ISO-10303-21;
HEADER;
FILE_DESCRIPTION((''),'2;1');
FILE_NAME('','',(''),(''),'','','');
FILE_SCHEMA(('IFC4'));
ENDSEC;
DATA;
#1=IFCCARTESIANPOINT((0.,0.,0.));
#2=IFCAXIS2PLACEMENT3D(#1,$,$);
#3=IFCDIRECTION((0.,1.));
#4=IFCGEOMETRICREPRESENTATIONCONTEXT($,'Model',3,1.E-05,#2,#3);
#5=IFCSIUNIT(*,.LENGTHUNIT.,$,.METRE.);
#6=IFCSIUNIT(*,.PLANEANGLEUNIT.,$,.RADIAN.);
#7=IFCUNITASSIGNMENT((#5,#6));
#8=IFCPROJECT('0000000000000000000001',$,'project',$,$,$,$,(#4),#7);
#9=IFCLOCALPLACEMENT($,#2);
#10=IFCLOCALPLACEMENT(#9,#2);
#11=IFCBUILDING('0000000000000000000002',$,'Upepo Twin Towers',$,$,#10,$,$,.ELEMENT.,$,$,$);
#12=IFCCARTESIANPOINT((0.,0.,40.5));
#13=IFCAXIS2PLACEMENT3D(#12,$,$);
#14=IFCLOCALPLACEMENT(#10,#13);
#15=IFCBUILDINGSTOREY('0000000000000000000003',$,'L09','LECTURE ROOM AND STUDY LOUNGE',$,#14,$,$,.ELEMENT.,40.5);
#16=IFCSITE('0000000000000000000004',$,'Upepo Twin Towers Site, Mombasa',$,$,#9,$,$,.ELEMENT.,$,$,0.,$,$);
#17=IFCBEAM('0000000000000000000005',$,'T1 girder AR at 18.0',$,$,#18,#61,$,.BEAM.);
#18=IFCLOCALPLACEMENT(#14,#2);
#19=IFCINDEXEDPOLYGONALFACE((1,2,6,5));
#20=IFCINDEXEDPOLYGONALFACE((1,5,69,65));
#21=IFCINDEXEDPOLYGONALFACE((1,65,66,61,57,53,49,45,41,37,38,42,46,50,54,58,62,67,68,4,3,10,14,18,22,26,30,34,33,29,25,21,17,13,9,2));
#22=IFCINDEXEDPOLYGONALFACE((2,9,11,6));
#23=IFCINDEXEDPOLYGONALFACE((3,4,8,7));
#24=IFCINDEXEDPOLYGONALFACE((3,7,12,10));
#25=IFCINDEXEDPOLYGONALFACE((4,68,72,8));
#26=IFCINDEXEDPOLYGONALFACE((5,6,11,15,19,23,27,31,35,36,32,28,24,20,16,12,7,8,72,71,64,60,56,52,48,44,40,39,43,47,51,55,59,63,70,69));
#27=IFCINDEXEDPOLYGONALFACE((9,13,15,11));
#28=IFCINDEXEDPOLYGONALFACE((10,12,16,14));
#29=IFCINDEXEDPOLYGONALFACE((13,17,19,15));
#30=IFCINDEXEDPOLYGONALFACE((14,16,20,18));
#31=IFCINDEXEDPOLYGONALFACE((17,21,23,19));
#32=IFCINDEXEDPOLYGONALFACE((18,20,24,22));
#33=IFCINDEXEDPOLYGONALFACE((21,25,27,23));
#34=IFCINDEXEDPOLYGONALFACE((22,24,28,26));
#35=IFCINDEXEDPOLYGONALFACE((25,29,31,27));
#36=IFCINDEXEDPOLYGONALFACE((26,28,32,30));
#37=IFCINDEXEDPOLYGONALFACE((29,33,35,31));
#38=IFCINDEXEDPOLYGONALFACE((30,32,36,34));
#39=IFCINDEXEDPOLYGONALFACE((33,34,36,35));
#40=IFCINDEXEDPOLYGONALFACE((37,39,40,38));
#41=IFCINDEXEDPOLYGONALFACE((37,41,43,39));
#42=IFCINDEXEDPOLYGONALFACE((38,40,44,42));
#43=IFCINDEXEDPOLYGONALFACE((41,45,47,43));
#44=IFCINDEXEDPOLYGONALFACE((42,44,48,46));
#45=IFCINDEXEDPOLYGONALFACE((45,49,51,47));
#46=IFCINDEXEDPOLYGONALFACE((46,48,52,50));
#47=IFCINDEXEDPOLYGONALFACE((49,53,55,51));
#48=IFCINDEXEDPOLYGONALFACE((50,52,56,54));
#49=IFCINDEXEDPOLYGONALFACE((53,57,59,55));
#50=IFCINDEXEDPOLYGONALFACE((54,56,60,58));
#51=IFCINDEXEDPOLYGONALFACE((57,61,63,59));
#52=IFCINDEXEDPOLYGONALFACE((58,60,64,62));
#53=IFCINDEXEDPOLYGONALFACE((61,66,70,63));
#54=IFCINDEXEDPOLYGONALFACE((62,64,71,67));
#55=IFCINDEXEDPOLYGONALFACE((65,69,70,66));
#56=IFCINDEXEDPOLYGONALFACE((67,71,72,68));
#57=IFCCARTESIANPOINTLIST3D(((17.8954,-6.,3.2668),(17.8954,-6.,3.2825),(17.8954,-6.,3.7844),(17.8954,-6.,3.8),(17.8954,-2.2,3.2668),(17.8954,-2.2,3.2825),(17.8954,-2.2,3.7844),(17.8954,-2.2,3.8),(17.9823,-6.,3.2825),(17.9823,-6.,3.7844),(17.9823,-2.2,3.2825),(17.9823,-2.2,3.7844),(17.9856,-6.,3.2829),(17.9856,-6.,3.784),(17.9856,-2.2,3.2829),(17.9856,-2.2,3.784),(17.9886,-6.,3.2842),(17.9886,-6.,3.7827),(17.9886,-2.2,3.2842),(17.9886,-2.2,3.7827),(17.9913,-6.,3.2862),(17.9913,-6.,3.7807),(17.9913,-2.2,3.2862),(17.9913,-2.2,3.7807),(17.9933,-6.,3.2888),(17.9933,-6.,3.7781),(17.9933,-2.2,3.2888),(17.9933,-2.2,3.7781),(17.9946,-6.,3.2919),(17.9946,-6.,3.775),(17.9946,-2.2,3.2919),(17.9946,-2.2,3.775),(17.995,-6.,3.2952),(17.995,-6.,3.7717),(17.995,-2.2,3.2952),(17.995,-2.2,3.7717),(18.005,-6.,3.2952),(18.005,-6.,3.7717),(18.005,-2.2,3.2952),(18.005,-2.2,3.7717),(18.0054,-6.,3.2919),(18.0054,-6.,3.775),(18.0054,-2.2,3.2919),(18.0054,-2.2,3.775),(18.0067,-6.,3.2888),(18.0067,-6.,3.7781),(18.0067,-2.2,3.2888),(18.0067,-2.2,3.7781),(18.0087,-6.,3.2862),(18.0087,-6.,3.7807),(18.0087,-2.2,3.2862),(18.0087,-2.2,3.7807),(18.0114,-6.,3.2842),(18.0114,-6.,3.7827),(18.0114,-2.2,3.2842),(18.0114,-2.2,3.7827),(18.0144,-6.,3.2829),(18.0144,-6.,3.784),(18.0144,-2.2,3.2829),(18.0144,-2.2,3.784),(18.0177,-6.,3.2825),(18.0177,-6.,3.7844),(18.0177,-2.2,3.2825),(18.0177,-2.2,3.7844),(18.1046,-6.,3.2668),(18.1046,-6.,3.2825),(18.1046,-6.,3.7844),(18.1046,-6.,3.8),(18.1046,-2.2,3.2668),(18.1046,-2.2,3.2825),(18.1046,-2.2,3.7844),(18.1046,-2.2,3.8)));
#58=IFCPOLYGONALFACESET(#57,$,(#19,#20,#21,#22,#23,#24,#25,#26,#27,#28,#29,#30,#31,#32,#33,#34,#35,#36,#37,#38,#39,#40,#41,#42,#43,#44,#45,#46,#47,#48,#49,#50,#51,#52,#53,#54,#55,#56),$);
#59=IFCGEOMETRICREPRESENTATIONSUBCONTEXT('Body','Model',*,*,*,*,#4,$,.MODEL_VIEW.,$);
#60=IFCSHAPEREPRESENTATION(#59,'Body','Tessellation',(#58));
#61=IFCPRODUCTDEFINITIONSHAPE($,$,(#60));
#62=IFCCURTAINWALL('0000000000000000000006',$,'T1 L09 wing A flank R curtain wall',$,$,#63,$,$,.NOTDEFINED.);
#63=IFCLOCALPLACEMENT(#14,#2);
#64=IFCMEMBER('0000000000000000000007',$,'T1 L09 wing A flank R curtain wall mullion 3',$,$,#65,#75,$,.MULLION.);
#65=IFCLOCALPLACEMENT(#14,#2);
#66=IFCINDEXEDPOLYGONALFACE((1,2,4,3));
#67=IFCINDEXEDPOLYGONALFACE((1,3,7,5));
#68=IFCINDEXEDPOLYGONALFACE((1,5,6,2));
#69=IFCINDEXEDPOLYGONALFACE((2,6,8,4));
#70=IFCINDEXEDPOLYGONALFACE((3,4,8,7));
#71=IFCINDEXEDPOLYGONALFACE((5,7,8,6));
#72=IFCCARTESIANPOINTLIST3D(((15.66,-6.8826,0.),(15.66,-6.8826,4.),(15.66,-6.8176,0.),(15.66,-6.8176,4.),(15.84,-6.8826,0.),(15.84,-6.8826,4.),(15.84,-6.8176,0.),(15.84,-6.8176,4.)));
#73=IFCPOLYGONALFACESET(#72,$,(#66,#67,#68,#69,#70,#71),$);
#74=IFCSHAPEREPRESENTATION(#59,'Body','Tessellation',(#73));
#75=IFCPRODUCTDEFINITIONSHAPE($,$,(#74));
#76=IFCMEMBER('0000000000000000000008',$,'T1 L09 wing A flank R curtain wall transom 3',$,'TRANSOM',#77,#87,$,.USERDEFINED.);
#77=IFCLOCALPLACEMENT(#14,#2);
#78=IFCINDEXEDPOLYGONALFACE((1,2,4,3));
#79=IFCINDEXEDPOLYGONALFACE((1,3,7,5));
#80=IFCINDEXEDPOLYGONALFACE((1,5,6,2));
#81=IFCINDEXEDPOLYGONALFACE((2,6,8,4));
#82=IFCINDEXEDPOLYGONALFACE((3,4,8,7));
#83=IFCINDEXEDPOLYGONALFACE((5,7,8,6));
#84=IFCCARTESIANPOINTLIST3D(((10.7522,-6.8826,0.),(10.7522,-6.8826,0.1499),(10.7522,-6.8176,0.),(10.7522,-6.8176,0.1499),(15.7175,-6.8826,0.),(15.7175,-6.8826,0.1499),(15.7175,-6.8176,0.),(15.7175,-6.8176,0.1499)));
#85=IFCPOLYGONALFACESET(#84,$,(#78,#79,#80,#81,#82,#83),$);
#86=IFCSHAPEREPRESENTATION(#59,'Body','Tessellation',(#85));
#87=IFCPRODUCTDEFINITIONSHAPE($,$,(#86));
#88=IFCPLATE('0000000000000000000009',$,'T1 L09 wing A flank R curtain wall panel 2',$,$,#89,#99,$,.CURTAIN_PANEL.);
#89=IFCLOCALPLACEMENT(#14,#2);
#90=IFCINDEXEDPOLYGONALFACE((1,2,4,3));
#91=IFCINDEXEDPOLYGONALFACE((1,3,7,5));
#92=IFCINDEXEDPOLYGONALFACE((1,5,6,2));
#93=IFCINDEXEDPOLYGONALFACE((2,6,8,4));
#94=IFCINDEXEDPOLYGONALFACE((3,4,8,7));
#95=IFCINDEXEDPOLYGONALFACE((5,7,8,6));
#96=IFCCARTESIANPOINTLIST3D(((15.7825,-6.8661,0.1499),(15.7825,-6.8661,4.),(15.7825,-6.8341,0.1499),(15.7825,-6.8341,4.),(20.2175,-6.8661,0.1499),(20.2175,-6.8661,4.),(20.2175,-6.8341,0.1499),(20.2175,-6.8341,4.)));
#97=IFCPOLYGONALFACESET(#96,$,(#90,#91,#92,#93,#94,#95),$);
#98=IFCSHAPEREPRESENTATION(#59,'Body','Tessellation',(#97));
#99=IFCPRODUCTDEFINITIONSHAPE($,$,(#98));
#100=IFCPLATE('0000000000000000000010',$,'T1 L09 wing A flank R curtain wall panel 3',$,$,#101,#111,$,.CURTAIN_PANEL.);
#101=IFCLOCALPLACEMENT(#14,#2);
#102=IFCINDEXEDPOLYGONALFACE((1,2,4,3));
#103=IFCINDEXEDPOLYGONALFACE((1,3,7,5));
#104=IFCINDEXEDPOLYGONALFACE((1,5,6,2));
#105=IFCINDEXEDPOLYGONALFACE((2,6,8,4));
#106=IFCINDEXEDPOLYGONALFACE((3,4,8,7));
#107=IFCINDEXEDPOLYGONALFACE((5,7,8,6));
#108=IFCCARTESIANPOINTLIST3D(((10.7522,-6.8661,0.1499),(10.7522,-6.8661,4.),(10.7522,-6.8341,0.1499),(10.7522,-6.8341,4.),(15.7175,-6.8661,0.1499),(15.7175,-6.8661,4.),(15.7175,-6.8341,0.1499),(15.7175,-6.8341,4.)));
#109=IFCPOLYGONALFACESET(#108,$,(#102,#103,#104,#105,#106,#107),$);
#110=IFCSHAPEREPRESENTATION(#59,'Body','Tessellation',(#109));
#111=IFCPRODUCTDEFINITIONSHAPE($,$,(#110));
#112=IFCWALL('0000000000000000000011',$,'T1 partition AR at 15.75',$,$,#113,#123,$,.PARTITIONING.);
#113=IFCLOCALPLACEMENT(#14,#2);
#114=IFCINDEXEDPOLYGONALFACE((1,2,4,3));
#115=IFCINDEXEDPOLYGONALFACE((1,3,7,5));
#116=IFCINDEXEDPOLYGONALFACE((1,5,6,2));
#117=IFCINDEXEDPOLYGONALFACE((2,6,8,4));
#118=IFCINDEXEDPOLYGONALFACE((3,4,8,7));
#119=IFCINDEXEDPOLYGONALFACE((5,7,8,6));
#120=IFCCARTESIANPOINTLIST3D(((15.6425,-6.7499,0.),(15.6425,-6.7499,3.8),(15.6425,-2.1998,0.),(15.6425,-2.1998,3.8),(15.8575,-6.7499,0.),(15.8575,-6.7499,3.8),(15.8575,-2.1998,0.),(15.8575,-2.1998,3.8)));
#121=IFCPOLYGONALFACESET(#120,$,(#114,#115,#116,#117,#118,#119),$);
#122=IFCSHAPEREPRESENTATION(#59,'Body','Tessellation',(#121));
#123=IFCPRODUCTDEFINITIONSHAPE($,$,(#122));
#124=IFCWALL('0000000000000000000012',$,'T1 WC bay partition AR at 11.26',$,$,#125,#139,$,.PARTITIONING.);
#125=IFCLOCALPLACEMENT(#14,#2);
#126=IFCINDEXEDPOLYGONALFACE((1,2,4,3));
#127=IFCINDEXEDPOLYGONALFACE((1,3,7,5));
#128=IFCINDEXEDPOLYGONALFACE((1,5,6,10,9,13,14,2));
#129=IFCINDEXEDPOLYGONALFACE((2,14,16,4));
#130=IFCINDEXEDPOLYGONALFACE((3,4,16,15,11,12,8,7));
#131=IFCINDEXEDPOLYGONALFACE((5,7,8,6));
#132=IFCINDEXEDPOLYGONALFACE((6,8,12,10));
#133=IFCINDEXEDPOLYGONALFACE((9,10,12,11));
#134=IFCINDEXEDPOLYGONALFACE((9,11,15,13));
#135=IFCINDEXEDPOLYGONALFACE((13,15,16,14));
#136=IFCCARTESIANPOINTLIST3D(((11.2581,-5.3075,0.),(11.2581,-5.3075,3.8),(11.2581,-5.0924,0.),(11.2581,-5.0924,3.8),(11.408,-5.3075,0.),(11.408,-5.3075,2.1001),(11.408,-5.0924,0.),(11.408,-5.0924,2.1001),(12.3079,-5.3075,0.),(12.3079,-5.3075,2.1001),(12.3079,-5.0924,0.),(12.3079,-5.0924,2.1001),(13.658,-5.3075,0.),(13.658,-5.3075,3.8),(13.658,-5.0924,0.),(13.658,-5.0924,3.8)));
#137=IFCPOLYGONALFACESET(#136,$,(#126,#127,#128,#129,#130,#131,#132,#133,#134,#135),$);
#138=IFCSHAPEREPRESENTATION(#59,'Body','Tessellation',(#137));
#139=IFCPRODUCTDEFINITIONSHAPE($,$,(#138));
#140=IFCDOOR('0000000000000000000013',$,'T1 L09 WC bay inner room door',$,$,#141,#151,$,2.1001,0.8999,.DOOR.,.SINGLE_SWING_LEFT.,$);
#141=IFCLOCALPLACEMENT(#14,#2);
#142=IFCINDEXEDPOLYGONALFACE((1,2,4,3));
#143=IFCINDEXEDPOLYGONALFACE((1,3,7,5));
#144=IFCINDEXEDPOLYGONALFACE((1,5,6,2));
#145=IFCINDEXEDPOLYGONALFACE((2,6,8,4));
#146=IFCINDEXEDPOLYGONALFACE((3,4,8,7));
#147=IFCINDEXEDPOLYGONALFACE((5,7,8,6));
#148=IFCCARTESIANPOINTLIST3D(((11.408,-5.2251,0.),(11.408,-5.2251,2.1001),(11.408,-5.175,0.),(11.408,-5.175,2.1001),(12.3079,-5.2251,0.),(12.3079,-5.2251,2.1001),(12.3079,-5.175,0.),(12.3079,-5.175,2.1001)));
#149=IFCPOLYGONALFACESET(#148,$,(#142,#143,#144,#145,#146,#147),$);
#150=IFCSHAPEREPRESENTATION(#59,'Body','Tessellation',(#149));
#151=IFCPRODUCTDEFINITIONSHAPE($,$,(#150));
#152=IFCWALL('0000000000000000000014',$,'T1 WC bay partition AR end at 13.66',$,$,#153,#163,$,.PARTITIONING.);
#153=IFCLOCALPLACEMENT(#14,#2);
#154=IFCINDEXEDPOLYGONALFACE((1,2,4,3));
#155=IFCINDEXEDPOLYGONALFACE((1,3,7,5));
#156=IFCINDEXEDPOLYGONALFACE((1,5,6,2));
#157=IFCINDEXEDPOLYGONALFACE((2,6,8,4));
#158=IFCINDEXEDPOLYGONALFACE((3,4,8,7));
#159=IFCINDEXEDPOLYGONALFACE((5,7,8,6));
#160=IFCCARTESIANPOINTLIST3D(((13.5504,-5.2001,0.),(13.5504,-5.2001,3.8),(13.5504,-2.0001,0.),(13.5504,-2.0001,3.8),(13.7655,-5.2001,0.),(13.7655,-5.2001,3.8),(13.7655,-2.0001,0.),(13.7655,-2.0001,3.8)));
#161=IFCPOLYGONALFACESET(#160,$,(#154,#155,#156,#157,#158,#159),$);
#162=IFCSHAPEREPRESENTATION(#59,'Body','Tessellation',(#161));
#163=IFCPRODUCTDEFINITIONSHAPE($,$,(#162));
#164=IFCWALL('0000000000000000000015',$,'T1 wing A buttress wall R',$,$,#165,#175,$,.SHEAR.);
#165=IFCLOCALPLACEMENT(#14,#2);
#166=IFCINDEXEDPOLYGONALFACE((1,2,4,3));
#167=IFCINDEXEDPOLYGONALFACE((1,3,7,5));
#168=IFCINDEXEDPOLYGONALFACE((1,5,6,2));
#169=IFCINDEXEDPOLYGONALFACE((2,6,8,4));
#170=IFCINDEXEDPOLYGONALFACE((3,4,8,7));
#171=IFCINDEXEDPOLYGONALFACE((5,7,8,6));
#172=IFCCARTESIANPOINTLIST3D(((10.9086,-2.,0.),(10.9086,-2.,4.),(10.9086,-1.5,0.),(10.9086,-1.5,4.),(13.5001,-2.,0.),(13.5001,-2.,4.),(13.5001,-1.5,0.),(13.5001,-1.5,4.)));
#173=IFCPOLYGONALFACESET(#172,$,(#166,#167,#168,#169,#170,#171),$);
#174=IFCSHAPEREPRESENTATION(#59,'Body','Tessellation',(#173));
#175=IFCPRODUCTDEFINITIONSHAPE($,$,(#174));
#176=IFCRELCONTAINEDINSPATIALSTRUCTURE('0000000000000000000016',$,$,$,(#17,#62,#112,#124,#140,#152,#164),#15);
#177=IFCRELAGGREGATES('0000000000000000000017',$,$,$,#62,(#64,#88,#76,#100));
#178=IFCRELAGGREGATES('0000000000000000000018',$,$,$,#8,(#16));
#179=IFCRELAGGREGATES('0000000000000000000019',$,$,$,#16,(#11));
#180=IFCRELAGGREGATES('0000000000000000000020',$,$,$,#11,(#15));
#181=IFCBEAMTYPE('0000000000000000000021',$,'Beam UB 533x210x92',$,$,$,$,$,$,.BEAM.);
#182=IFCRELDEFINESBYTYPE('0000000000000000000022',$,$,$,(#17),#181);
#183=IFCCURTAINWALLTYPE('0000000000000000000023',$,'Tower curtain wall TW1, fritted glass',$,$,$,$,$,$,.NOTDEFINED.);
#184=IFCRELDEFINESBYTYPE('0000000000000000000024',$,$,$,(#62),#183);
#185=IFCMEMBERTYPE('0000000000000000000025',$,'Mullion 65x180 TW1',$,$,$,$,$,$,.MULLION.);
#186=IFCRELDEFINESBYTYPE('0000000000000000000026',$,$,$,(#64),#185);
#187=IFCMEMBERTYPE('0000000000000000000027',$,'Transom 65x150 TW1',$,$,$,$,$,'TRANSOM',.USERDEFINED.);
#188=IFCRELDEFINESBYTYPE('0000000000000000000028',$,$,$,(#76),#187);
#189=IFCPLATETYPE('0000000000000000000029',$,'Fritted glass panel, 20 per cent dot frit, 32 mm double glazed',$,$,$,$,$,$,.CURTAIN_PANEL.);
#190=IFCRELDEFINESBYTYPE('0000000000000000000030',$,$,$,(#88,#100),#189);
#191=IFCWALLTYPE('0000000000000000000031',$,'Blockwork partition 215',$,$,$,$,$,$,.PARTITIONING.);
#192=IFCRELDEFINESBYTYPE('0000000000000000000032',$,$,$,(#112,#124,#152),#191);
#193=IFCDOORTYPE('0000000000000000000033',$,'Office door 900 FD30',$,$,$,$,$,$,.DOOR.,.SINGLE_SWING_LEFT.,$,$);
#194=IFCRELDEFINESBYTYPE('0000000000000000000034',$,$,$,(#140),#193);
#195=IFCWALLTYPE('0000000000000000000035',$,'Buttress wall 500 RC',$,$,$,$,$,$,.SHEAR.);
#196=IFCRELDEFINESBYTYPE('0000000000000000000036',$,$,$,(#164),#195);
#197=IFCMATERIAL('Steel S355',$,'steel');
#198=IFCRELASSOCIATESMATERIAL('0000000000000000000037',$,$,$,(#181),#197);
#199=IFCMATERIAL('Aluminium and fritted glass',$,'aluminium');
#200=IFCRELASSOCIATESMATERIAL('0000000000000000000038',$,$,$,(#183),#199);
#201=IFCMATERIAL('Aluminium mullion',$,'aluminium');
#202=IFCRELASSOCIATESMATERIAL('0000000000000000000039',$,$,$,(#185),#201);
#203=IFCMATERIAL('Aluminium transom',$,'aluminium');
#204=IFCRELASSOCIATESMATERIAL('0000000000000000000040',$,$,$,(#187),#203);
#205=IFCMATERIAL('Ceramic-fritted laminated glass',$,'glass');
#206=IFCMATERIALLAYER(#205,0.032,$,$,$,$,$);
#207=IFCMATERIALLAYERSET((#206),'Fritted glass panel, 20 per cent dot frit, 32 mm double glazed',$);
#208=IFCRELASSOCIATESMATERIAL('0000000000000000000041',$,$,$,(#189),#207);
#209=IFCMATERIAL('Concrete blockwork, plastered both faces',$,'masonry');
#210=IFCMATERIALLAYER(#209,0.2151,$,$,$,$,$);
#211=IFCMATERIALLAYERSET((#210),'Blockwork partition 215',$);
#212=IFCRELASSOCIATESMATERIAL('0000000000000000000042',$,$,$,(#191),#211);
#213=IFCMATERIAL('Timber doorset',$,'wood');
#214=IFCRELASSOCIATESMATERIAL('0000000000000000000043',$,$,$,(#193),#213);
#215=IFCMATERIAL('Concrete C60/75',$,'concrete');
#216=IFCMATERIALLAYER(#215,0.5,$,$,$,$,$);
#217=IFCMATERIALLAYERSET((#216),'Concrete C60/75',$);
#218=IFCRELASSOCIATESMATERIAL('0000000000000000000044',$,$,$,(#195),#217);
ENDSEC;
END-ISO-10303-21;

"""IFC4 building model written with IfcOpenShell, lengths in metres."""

from ifc_helpers import new_model, si_unit, direction, frame, frame_2d, origin, origin_2d, place, context, subcontext, project, spatial, rectangle, i_section, extrude, material, layer, layer_set, material_profile, profile_set, type_object, element, fill, aggregate, save


model = new_model("IFC4")

# Units and contexts
model_context = context("Model", 3, precision=1e-05, world=origin(), true_north=direction((0.0, 1.0)))
body_context = subcontext(model_context, "Body", "Model", "MODEL_VIEW")
ifc_project = project(units=[si_unit("LENGTHUNIT", "METRE"), si_unit("PLANEANGLEUNIT", "RADIAN")], contexts=[model_context])

# Site, building, storey
site_placement = place(None, origin())
site = spatial("IfcSite", under=ifc_project, at=site_placement, Name="Upepo Twin Towers Site, Mombasa", CompositionType="ELEMENT", RefElevation=0.0)
building_placement = place(site_placement, origin())
building = spatial("IfcBuilding", under=site, at=building_placement, Name="Upepo Twin Towers", CompositionType="ELEMENT")
storey_placement = place(building_placement, frame((0.0, 0.0, 40.5)))
storey = spatial("IfcBuildingStorey", under=building, at=storey_placement, Name="L09", Description="LECTURE ROOM AND STUDY LOUNGE", CompositionType="ELEMENT", Elevation=40.5)

# Beam
ifc_material_1 = material(Name="Steel S355", Category="steel")
ifc_material_profile_1 = material_profile(ifc_material_1, i_section(OverallWidth=0.2092, OverallDepth=0.5332, WebThickness=0.01, FlangeThickness=0.0156, FilletRadius=0.0127, at=origin_2d()), Name="UB 533x210x92")
ifc_profile_set_1 = profile_set([ifc_material_profile_1], Name="Steel S355")
beam_type_1 = type_object("IfcBeamType", Name="Beam UB 533x210x92", PredefinedType="BEAM", material=ifc_profile_set_1)
for number, where, z_axis, x_axis, name in (
    (1, (18.0, -6.0, 3.5334), (0.0, 1.0, 0.0), (-1.0, 0.0, 0.0), "T1 girder AR at 18.0"),
):
    element("IfcBeam", number, at=place(storey_placement, frame(where, z_axis=z_axis, x_axis=x_axis)), inside=storey, type_object=beam_type_1, Name=name, PredefinedType="BEAM", context=body_context, shape_type="SweptSolid", body=[
        extrude(i_section(OverallWidth=0.2092, OverallDepth=0.5332, WebThickness=0.01, FlangeThickness=0.0156, FilletRadius=0.0127, at=origin_2d()), origin(), (0.0, 0.0, 1.0), 3.8),
    ])

# Curtain wall, members, plates
ifc_material_2 = material(Name="Aluminium and fritted glass", Category="aluminium")
curtain_wall_type = type_object("IfcCurtainWallType", Name="Tower curtain wall TW1, fritted glass", PredefinedType="NOTDEFINED", material=ifc_material_2)
curtain_wall_placement = place(storey_placement, origin())
curtain_wall = element("IfcCurtainWall", 2, at=curtain_wall_placement, inside=storey, type_object=curtain_wall_type, Name="T1 L09 wing A flank R curtain wall", PredefinedType="NOTDEFINED")
ifc_material_3 = material(Name="Aluminium mullion", Category="aluminium")
ifc_material_profile_2 = material_profile(ifc_material_3, rectangle(XDim=0.0649, YDim=0.1799, at=origin_2d()), Name="MULLION 65x180")
ifc_profile_set_2 = profile_set([ifc_material_profile_2], Name="Aluminium mullion")
member_type_1 = type_object("IfcMemberType", Name="Mullion 65x180 TW1", PredefinedType="MULLION", material=ifc_profile_set_2)
member_1_placement = place(storey_placement, frame((15.75, -6.8501, 0.0), z_axis=(0.0, 0.0, 1.0), x_axis=(0.0, -1.0, 0.0)))
member_1 = element("IfcMember", 3, at=member_1_placement, type_object=member_type_1, Name="T1 L09 wing A flank R curtain wall mullion 3", PredefinedType="MULLION", context=body_context, shape_type="SweptSolid", body=[
    extrude(rectangle(XDim=0.0649, YDim=0.1799, at=origin_2d()), origin(), (0.0, 0.0, 1.0), 4.0),
])
ifc_material_4 = material(Name="Aluminium transom", Category="aluminium")
ifc_material_profile_3 = material_profile(ifc_material_4, rectangle(XDim=0.0649, YDim=0.1499, at=origin_2d()), Name="TRANSOM 65x150")
ifc_profile_set_3 = profile_set([ifc_material_profile_3], Name="Aluminium transom")
member_type_2 = type_object("IfcMemberType", Name="Transom 65x150 TW1", ElementType="TRANSOM", PredefinedType="USERDEFINED", material=ifc_profile_set_3)
member_2_placement = place(storey_placement, frame((15.7175, -6.8501, 0.075), z_axis=(-1.0, 0.0, 0.0), x_axis=(0.0, -1.0, 0.0)))
member_2 = element("IfcMember", 4, at=member_2_placement, type_object=member_type_2, Name="T1 L09 wing A flank R curtain wall transom 3", ObjectType="TRANSOM", PredefinedType="USERDEFINED", context=body_context, shape_type="SweptSolid", body=[
    extrude(rectangle(XDim=0.0649, YDim=0.1499, at=origin_2d()), origin(), (0.0, 0.0, 1.0), 4.9653),
])
ifc_material_5 = material(Name="Ceramic-fritted laminated glass", Category="glass")
ifc_layer_1 = layer(ifc_material_5, 0.032)
ifc_layer_set_1 = layer_set([ifc_layer_1], Name="Fritted glass panel, 20 per cent dot frit, 32 mm double glazed")
plate_type = type_object("IfcPlateType", Name="Fritted glass panel, 20 per cent dot frit, 32 mm double glazed", PredefinedType="CURTAIN_PANEL", material=ifc_layer_set_1)
plate_1_placement = place(storey_placement, frame((18.0, -6.8501, 0.1499), z_axis=(0.0, 0.0, 1.0), x_axis=(-1.0, 0.0, 0.0)))
plate_1 = element("IfcPlate", 5, at=plate_1_placement, type_object=plate_type, Name="T1 L09 wing A flank R curtain wall panel 2", PredefinedType="CURTAIN_PANEL", context=body_context, shape_type="SweptSolid", body=[
    extrude(rectangle(XDim=4.4351, YDim=0.032, at=origin_2d()), origin(), (0.0, 0.0, 1.0), 3.8501),
])
plate_2_placement = place(storey_placement, frame((13.2349, -6.8501, 0.1499), z_axis=(0.0, 0.0, 1.0), x_axis=(-1.0, 0.0, 0.0)))
plate_2 = element("IfcPlate", 6, at=plate_2_placement, type_object=plate_type, Name="T1 L09 wing A flank R curtain wall panel 3", PredefinedType="CURTAIN_PANEL", context=body_context, shape_type="SweptSolid", body=[
    extrude(rectangle(XDim=4.9653, YDim=0.032, at=origin_2d()), origin(), (0.0, 0.0, 1.0), 3.8501),
])
aggregate(curtain_wall, [member_1, plate_1, member_2, plate_2])

# Wall
ifc_material_6 = material(Name="Concrete blockwork, plastered both faces", Category="masonry")
ifc_layer_2 = layer(ifc_material_6, 0.2151)
ifc_layer_set_2 = layer_set([ifc_layer_2], Name="Blockwork partition 215")
wall_type_1 = type_object("IfcWallType", Name="Blockwork partition 215", PredefinedType="PARTITIONING", material=ifc_layer_set_2)
wall_1_placement = place(storey_placement, frame((15.75, -2.2, 0.0), z_axis=(0.0, 0.0, 1.0), x_axis=(0.0, -1.0, 0.0)))
element("IfcWall", 7, at=wall_1_placement, inside=storey, type_object=wall_type_1, Name="T1 partition AR at 15.75", PredefinedType="PARTITIONING", context=body_context, shape_type="SweptSolid", body=[
    extrude(rectangle(XDim=4.55, YDim=0.2151, at=frame_2d((2.2749, 0.0))), origin(), (0.0, 0.0, 1.0), 3.8),
])

# Wall, opening, door
wall_2_placement = place(storey_placement, frame((11.2581, -5.2, 0.0), z_axis=(0.0, 0.0, 1.0), x_axis=(1.0, 0.0, 0.0)))
wall_2 = element("IfcWall", 8, at=wall_2_placement, inside=storey, type_object=wall_type_1, Name="T1 WC bay partition AR at 11.26", PredefinedType="PARTITIONING", context=body_context, shape_type="SweptSolid", body=[
    extrude(rectangle(XDim=2.3999, YDim=0.2151, at=frame_2d((1.2, 0.0))), origin(), (0.0, 0.0, 1.0), 3.8),
])
opening_1_placement = place(wall_2_placement, frame((0.1499, 0.0, 0.0)))
opening_1 = element("IfcOpeningElement", 9, at=opening_1_placement, cuts=wall_2, PredefinedType="OPENING", context=body_context, shape_type="SweptSolid", body=[
    extrude(rectangle(XDim=0.8999, YDim=2.1001, at=frame_2d((0.45, 1.05))), frame((0.0, 0.1174, 0.0), z_axis=(0.0, -1.0, 0.0), x_axis=(1.0, 0.0, 0.0)), (0.0, 0.0, 1.0), 0.2351),
])
ifc_material_7 = material(Name="Timber doorset", Category="wood")
door_type_1 = type_object("IfcDoorType", Name="Office door 900 FD30", OperationType="SINGLE_SWING_LEFT", PredefinedType="DOOR", material=ifc_material_7)
door_1_placement = place(opening_1_placement, origin())
door_1 = element("IfcDoor", 10, at=door_1_placement, inside=storey, type_object=door_type_1, Name="T1 L09 WC bay inner room door", OperationType="SINGLE_SWING_LEFT", OverallHeight=2.1001, OverallWidth=0.8999, PredefinedType="DOOR", context=body_context, shape_type="SweptSolid", body=[
    extrude(rectangle(XDim=0.8999, YDim=2.1001, at=frame_2d((0.45, 1.05))), frame((0.0, 0.0249, 0.0), z_axis=(0.0, -1.0, 0.0), x_axis=(1.0, 0.0, 0.0)), (0.0, 0.0, 1.0), 0.05),
])
fill(opening_1, door_1)

# Walls
wall_3_placement = place(storey_placement, frame((13.658, -2.0, 0.0), z_axis=(0.0, 0.0, 1.0), x_axis=(0.0, -1.0, 0.0)))
element("IfcWall", 11, at=wall_3_placement, inside=storey, type_object=wall_type_1, Name="T1 WC bay partition AR end at 13.66", PredefinedType="PARTITIONING", context=body_context, shape_type="SweptSolid", body=[
    extrude(rectangle(XDim=3.2, YDim=0.2151, at=frame_2d((1.6001, 0.0))), origin(), (0.0, 0.0, 1.0), 3.8),
])
ifc_material_8 = material(Name="Concrete C60/75", Category="concrete")
ifc_layer_3 = layer(ifc_material_8, 0.5)
ifc_layer_set_3 = layer_set([ifc_layer_3], Name="Concrete C60/75")
wall_type_2 = type_object("IfcWallType", Name="Buttress wall 500 RC", PredefinedType="SHEAR", material=ifc_layer_set_3)
wall_4_placement = place(storey_placement, frame((10.9084, -1.75, 0.0), z_axis=(0.0, 0.0, 1.0), x_axis=(1.0, 0.0, 0.0)))
element("IfcWall", 12, at=wall_4_placement, inside=storey, type_object=wall_type_2, Name="T1 wing A buttress wall R", PredefinedType="SHEAR", context=body_context, shape_type="SweptSolid", body=[
    extrude(rectangle(XDim=2.5916, YDim=0.5, at=frame_2d((1.2959, 0.0))), origin(), (0.0, 0.0, 1.0), 4.0),
])

save(model, "model.ifc")
